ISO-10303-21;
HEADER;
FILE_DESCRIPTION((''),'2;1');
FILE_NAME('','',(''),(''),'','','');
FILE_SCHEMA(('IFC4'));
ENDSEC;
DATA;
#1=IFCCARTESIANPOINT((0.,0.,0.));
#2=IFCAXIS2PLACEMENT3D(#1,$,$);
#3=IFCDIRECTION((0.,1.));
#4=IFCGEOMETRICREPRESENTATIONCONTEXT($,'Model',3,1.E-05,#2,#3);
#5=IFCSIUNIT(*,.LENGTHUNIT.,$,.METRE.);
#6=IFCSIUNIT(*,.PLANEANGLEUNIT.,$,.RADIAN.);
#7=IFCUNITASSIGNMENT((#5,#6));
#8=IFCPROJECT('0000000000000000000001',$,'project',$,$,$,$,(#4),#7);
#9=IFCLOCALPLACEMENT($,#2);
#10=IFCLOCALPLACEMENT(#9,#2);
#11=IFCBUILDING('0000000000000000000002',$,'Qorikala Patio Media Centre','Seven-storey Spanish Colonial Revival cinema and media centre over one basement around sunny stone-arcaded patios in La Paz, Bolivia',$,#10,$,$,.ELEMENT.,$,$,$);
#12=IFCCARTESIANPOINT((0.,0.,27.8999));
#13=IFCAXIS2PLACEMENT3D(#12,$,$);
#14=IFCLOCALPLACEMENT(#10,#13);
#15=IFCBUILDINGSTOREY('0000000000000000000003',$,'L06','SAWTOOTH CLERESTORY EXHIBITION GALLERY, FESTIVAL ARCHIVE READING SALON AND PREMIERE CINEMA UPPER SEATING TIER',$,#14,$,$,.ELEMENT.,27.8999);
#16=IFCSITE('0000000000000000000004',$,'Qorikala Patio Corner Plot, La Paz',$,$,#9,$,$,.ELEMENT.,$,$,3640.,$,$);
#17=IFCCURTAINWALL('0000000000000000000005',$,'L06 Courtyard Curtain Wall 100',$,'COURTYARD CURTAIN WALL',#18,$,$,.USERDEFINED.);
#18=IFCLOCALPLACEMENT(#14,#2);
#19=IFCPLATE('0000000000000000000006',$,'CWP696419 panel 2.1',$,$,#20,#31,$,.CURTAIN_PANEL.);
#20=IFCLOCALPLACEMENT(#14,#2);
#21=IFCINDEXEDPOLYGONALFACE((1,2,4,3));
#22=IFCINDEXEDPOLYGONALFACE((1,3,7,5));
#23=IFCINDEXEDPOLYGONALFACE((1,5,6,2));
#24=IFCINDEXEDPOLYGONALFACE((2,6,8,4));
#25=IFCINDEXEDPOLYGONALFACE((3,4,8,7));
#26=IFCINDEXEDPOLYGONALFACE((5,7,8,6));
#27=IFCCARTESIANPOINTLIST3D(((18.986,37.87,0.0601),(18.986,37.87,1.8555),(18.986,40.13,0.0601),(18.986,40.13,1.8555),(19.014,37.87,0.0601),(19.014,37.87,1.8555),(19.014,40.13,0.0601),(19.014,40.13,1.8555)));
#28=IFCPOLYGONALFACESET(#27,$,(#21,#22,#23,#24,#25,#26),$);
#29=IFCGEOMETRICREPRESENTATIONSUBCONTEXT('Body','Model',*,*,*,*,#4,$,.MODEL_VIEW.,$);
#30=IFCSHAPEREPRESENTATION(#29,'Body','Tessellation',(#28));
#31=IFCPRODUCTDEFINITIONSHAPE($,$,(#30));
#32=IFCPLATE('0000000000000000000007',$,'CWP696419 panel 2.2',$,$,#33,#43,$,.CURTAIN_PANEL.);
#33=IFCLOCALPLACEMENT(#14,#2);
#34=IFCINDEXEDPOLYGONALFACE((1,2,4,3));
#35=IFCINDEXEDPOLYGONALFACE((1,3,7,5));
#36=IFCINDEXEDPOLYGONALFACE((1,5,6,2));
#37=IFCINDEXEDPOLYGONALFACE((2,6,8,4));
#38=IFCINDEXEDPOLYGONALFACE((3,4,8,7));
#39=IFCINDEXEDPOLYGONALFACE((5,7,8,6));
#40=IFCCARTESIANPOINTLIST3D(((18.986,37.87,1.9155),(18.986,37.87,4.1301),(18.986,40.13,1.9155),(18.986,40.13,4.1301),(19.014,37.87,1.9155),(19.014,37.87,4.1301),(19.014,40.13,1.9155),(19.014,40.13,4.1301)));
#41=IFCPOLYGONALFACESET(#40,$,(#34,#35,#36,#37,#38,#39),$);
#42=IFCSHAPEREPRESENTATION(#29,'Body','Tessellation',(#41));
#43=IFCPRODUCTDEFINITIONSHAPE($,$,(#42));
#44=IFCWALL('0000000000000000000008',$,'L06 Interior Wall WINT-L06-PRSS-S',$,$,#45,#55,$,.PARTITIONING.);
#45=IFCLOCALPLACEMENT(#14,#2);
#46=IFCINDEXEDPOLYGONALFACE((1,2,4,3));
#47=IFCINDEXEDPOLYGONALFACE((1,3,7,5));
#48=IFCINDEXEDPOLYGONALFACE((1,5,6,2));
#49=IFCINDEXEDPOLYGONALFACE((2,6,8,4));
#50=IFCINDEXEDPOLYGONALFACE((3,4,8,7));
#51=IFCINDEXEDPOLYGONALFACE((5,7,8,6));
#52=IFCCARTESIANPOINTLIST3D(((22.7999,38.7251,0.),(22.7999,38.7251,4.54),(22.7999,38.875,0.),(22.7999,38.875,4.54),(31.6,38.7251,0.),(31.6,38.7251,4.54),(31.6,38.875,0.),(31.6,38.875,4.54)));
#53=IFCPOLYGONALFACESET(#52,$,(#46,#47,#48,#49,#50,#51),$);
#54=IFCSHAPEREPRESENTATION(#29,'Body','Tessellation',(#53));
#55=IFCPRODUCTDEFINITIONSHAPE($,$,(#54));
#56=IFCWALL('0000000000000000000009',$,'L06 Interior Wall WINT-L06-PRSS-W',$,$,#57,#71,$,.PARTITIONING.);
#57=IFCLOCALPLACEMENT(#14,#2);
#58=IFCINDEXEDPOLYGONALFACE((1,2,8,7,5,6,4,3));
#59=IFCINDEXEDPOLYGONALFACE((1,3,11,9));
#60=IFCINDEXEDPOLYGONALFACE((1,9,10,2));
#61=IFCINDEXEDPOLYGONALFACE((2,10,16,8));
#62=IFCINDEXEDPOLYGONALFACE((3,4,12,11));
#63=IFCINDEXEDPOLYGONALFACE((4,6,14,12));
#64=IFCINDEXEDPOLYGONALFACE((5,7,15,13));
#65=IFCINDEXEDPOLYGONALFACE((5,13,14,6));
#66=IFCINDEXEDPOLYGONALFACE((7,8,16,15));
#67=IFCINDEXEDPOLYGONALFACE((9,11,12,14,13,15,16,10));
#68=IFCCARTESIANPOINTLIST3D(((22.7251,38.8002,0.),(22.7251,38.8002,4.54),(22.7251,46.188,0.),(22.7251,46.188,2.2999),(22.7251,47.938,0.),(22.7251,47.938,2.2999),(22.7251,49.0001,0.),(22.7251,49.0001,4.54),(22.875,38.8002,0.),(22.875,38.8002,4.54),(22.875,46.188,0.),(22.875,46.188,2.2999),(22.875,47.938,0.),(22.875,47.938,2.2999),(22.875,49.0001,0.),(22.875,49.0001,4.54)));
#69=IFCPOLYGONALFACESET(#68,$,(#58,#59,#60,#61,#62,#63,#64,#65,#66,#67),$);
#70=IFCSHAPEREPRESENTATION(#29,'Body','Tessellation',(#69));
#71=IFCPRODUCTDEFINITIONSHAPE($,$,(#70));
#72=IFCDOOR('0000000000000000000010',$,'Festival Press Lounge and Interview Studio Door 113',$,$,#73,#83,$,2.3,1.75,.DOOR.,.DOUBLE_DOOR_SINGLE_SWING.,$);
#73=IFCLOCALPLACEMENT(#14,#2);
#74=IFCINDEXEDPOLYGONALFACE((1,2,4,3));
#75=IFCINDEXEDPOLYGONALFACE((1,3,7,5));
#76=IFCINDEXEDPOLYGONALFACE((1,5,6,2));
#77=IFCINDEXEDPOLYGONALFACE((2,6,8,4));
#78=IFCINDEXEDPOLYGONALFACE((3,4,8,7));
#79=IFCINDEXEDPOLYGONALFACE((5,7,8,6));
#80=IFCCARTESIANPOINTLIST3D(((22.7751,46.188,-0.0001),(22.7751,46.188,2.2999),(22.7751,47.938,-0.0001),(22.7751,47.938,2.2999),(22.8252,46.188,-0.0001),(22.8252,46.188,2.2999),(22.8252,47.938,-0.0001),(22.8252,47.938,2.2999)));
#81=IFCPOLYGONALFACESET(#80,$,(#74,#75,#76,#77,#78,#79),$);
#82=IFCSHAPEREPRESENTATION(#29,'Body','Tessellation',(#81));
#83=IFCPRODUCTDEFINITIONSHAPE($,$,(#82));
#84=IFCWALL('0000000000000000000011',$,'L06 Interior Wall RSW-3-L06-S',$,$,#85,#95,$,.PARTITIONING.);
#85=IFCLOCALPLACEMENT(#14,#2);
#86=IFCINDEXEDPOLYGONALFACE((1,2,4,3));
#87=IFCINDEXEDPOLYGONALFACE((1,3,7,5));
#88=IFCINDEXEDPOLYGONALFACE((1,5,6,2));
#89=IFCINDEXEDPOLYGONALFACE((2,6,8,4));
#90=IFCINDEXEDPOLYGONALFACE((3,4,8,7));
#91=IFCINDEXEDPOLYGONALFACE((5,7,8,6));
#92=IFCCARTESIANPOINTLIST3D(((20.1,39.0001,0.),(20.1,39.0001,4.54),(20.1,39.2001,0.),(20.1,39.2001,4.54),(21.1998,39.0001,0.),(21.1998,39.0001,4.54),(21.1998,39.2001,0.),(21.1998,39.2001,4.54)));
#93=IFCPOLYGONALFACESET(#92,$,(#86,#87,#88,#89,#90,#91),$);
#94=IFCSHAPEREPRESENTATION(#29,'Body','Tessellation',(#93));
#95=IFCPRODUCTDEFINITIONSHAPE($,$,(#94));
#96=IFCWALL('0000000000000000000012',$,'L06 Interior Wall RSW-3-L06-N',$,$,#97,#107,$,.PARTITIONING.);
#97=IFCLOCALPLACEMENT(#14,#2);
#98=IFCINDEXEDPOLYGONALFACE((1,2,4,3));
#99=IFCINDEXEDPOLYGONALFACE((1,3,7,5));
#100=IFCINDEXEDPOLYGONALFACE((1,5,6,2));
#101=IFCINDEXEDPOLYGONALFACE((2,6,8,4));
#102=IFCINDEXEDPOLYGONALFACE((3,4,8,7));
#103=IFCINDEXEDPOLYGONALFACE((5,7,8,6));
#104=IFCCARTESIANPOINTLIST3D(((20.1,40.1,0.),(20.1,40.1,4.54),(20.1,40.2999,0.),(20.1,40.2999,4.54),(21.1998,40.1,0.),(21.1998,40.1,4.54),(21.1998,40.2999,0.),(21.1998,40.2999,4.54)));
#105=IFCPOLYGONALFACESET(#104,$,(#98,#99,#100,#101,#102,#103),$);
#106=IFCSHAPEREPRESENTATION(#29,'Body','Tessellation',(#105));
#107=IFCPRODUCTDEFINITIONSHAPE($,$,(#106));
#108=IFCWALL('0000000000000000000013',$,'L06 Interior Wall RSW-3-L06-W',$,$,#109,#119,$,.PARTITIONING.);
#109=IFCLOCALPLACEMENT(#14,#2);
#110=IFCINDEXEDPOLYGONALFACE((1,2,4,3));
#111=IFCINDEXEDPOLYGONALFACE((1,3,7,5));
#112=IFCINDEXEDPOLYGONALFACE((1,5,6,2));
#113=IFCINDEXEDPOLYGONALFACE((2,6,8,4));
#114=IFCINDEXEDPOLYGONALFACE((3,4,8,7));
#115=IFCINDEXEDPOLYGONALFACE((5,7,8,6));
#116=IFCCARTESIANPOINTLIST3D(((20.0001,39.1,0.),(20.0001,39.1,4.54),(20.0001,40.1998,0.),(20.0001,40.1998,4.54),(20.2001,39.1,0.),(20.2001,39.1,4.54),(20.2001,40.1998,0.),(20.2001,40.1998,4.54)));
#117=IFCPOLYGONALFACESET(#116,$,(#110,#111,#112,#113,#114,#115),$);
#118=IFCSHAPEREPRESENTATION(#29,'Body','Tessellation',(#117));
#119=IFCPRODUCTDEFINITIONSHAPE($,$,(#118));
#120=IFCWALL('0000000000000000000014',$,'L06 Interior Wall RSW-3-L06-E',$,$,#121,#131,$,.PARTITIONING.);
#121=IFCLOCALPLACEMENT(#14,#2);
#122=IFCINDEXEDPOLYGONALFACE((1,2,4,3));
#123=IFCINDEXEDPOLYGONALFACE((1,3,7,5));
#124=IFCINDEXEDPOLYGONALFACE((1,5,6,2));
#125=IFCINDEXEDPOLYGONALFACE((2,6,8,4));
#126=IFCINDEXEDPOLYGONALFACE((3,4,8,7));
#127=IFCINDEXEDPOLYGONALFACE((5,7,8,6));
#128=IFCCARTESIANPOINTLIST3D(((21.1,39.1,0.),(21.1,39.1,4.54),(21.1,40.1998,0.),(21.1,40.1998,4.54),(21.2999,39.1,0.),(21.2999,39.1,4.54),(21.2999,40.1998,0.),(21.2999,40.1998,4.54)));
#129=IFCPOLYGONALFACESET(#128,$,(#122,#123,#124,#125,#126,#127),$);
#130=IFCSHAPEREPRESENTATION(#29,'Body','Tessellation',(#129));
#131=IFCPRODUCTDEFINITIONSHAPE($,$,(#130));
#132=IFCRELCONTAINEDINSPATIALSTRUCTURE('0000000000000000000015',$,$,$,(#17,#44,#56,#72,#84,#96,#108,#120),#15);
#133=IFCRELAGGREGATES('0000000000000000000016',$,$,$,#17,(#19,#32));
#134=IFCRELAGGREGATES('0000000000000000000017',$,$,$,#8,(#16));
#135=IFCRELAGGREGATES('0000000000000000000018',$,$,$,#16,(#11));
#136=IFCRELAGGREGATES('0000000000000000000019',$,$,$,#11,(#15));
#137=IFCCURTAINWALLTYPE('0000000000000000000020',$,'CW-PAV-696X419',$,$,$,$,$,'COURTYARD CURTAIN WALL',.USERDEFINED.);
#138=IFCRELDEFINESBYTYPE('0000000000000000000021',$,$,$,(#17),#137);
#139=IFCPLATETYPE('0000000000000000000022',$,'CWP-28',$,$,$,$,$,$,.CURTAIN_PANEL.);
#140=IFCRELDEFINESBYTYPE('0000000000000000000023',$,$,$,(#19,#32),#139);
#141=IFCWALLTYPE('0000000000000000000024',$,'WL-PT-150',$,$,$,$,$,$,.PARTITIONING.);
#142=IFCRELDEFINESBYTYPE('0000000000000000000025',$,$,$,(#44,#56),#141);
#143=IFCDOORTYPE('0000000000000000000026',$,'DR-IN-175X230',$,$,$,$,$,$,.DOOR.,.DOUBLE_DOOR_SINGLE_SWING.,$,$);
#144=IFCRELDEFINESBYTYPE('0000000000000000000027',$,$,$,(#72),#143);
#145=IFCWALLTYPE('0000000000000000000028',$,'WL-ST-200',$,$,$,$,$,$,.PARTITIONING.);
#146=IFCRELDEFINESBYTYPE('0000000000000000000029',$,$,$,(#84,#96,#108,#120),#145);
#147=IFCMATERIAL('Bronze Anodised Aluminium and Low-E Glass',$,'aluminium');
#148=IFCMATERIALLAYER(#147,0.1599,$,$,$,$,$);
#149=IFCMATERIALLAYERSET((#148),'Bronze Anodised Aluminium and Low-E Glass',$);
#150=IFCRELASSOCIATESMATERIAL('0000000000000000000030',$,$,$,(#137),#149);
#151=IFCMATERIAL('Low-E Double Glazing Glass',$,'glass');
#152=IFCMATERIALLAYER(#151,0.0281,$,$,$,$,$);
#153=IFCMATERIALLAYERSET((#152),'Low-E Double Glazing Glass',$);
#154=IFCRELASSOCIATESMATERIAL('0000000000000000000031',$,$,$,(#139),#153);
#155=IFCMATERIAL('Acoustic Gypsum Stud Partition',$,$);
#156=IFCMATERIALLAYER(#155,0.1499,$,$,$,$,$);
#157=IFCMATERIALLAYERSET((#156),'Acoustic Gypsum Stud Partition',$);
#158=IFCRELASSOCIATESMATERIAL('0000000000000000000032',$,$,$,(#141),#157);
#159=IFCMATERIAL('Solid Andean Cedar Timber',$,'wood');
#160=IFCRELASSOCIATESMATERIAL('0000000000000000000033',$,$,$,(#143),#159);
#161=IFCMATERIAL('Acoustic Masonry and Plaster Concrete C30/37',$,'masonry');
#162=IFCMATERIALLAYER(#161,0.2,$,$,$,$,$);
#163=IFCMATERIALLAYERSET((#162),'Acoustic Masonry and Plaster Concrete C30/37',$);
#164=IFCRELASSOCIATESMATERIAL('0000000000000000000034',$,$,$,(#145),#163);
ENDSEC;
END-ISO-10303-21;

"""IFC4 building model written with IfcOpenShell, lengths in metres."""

from ifc_helpers import new_model, si_unit, direction, frame, frame_2d, origin, origin_2d, place, context, subcontext, project, spatial, rectangle, extrude, material, layer, layer_set, type_object, element, fill, aggregate, save


model = new_model("IFC4")

# Units and contexts
model_context = context("Model", 3, precision=1e-05, world=origin(), true_north=direction((0.0, 1.0)))
body_context = subcontext(model_context, "Body", "Model", "MODEL_VIEW")
ifc_project = project(units=[si_unit("LENGTHUNIT", "METRE"), si_unit("PLANEANGLEUNIT", "RADIAN")], contexts=[model_context])

# Site, building, storey
site_placement = place(None, origin())
site = spatial("IfcSite", under=ifc_project, at=site_placement, Name="Qorikala Patio Corner Plot, La Paz", CompositionType="ELEMENT", RefElevation=3640.0)
building_placement = place(site_placement, origin())
building = spatial("IfcBuilding", under=site, at=building_placement, Name="Qorikala Patio Media Centre", Description="Seven-storey Spanish Colonial Revival cinema and media centre over one basement around sunny stone-arcaded patios in La Paz, Bolivia", CompositionType="ELEMENT")
storey_placement = place(building_placement, frame((0.0, 0.0, 27.8999)))
storey = spatial("IfcBuildingStorey", under=building, at=storey_placement, Name="L06", Description="SAWTOOTH CLERESTORY EXHIBITION GALLERY, FESTIVAL ARCHIVE READING SALON AND PREMIERE CINEMA UPPER SEATING TIER", CompositionType="ELEMENT", Elevation=27.8999)

# Curtain wall, plates
ifc_material_1 = material(Name="Bronze Anodised Aluminium and Low-E Glass", Category="aluminium")
ifc_layer_1 = layer(ifc_material_1, 0.1599)
ifc_layer_set_1 = layer_set([ifc_layer_1], Name="Bronze Anodised Aluminium and Low-E Glass")
curtain_wall_type = type_object("IfcCurtainWallType", Name="CW-PAV-696X419", ElementType="COURTYARD CURTAIN WALL", PredefinedType="USERDEFINED", material=ifc_layer_set_1)
curtain_wall_placement = place(storey_placement, origin())
curtain_wall = element("IfcCurtainWall", 1, at=curtain_wall_placement, inside=storey, type_object=curtain_wall_type, Name="L06 Courtyard Curtain Wall 100", ObjectType="COURTYARD CURTAIN WALL", PredefinedType="USERDEFINED")
ifc_material_2 = material(Name="Low-E Double Glazing Glass", Category="glass")
ifc_layer_2 = layer(ifc_material_2, 0.0281)
ifc_layer_set_2 = layer_set([ifc_layer_2], Name="Low-E Double Glazing Glass")
plate_type = type_object("IfcPlateType", Name="CWP-28", PredefinedType="CURTAIN_PANEL", material=ifc_layer_set_2)
plate_1_placement = place(storey_placement, frame((19.0, 39.0, 0.0601), z_axis=(0.0, 0.0, 1.0), x_axis=(0.0, 1.0, 0.0)))
plate_1 = element("IfcPlate", 2, at=plate_1_placement, type_object=plate_type, Name="CWP696419 panel 2.1", PredefinedType="CURTAIN_PANEL", context=body_context, shape_type="SweptSolid", body=[
    extrude(rectangle(XDim=2.26, YDim=0.0281, at=origin_2d()), origin(), (0.0, 0.0, 1.0), 1.7954),
])
plate_2_placement = place(storey_placement, frame((19.0, 39.0, 1.9155), z_axis=(0.0, 0.0, 1.0), x_axis=(0.0, 1.0, 0.0)))
plate_2 = element("IfcPlate", 3, at=plate_2_placement, type_object=plate_type, Name="CWP696419 panel 2.2", PredefinedType="CURTAIN_PANEL", context=body_context, shape_type="SweptSolid", body=[
    extrude(rectangle(XDim=2.26, YDim=0.0281, at=origin_2d()), origin(), (0.0, 0.0, 1.0), 2.2146),
])
aggregate(curtain_wall, [plate_1, plate_2])

# Wall
ifc_material_3 = material(Name="Acoustic Gypsum Stud Partition")
ifc_layer_3 = layer(ifc_material_3, 0.1499)
ifc_layer_set_3 = layer_set([ifc_layer_3], Name="Acoustic Gypsum Stud Partition")
wall_type_1 = type_object("IfcWallType", Name="WL-PT-150", PredefinedType="PARTITIONING", material=ifc_layer_set_3)
wall_1_placement = place(storey_placement, frame((22.8, 38.8, 0.0), z_axis=(0.0, 0.0, 1.0), x_axis=(1.0, 0.0, 0.0)))
element("IfcWall", 4, at=wall_1_placement, inside=storey, type_object=wall_type_1, Name="L06 Interior Wall WINT-L06-PRSS-S", PredefinedType="PARTITIONING", context=body_context, shape_type="SweptSolid", body=[
    extrude(rectangle(XDim=8.8, YDim=0.1499, at=frame_2d((4.3999, 0.0))), origin(), (0.0, 0.0, 1.0), 4.54),
])

# Wall, opening, door
wall_2_placement = place(storey_placement, frame((22.8, 38.8, 0.0), z_axis=(0.0, 0.0, 1.0), x_axis=(0.0, 1.0, 0.0)))
wall_2 = element("IfcWall", 5, at=wall_2_placement, inside=storey, type_object=wall_type_1, Name="L06 Interior Wall WINT-L06-PRSS-W", PredefinedType="PARTITIONING", context=body_context, shape_type="SweptSolid", body=[
    extrude(rectangle(XDim=10.2, YDim=0.1499, at=frame_2d((5.1001, 0.0))), origin(), (0.0, 0.0, 1.0), 4.54),
])
opening_placement = place(wall_2_placement, frame((7.3879, 0.0, 0.0)))
opening = element("IfcOpeningElement", 6, at=opening_placement, cuts=wall_2, PredefinedType="OPENING", context=body_context, shape_type="SweptSolid", body=[
    extrude(rectangle(XDim=1.75, YDim=2.3, at=frame_2d((0.875, 1.1499))), frame((0.0, 0.085, 0.0), z_axis=(0.0, -1.0, 0.0), x_axis=(1.0, 0.0, 0.0)), (0.0, 0.0, 1.0), 0.1699),
])
ifc_material_4 = material(Name="Solid Andean Cedar Timber", Category="wood")
door_type = type_object("IfcDoorType", Name="DR-IN-175X230", OperationType="DOUBLE_DOOR_SINGLE_SWING", PredefinedType="DOOR", material=ifc_material_4)
door_placement = place(opening_placement, origin())
door = element("IfcDoor", 7, at=door_placement, inside=storey, type_object=door_type, Name="Festival Press Lounge and Interview Studio Door 113", OperationType="DOUBLE_DOOR_SINGLE_SWING", OverallHeight=2.3, OverallWidth=1.75, PredefinedType="DOOR", context=body_context, shape_type="SweptSolid", body=[
    extrude(rectangle(XDim=1.75, YDim=2.3, at=frame_2d((0.875, 1.1499))), frame((0.0, 0.0249, 0.0), z_axis=(0.0, -1.0, 0.0), x_axis=(1.0, 0.0, 0.0)), (0.0, 0.0, 1.0), 0.05),
])
fill(opening, door)

# Walls
ifc_material_5 = material(Name="Acoustic Masonry and Plaster Concrete C30/37", Category="masonry")
ifc_layer_4 = layer(ifc_material_5, 0.2)
ifc_layer_set_4 = layer_set([ifc_layer_4], Name="Acoustic Masonry and Plaster Concrete C30/37")
wall_type_2 = type_object("IfcWallType", Name="WL-ST-200", PredefinedType="PARTITIONING", material=ifc_layer_set_4)
for number, where, z_axis, x_axis, name in (
    (8, (20.1001, 39.1001, 0.0), (0.0, 0.0, 1.0), (1.0, 0.0, 0.0), "L06 Interior Wall RSW-3-L06-S"),
    (9, (20.1001, 40.2, 0.0), (0.0, 0.0, 1.0), (1.0, 0.0, 0.0), "L06 Interior Wall RSW-3-L06-N"),
    (10, (20.1001, 39.1001, 0.0), (0.0, 0.0, 1.0), (0.0, 1.0, 0.0), "L06 Interior Wall RSW-3-L06-W"),
    (11, (21.2, 39.1001, 0.0), (0.0, 0.0, 1.0), (0.0, 1.0, 0.0), "L06 Interior Wall RSW-3-L06-E"),
):
    element("IfcWall", number, at=place(storey_placement, frame(where, z_axis=z_axis, x_axis=x_axis)), inside=storey, type_object=wall_type_2, Name=name, PredefinedType="PARTITIONING", context=body_context, shape_type="SweptSolid", body=[
        extrude(rectangle(XDim=1.0999, YDim=0.2, at=frame_2d((0.5498, 0.0))), origin(), (0.0, 0.0, 1.0), 4.54),
    ])

save(model, "model.ifc")
